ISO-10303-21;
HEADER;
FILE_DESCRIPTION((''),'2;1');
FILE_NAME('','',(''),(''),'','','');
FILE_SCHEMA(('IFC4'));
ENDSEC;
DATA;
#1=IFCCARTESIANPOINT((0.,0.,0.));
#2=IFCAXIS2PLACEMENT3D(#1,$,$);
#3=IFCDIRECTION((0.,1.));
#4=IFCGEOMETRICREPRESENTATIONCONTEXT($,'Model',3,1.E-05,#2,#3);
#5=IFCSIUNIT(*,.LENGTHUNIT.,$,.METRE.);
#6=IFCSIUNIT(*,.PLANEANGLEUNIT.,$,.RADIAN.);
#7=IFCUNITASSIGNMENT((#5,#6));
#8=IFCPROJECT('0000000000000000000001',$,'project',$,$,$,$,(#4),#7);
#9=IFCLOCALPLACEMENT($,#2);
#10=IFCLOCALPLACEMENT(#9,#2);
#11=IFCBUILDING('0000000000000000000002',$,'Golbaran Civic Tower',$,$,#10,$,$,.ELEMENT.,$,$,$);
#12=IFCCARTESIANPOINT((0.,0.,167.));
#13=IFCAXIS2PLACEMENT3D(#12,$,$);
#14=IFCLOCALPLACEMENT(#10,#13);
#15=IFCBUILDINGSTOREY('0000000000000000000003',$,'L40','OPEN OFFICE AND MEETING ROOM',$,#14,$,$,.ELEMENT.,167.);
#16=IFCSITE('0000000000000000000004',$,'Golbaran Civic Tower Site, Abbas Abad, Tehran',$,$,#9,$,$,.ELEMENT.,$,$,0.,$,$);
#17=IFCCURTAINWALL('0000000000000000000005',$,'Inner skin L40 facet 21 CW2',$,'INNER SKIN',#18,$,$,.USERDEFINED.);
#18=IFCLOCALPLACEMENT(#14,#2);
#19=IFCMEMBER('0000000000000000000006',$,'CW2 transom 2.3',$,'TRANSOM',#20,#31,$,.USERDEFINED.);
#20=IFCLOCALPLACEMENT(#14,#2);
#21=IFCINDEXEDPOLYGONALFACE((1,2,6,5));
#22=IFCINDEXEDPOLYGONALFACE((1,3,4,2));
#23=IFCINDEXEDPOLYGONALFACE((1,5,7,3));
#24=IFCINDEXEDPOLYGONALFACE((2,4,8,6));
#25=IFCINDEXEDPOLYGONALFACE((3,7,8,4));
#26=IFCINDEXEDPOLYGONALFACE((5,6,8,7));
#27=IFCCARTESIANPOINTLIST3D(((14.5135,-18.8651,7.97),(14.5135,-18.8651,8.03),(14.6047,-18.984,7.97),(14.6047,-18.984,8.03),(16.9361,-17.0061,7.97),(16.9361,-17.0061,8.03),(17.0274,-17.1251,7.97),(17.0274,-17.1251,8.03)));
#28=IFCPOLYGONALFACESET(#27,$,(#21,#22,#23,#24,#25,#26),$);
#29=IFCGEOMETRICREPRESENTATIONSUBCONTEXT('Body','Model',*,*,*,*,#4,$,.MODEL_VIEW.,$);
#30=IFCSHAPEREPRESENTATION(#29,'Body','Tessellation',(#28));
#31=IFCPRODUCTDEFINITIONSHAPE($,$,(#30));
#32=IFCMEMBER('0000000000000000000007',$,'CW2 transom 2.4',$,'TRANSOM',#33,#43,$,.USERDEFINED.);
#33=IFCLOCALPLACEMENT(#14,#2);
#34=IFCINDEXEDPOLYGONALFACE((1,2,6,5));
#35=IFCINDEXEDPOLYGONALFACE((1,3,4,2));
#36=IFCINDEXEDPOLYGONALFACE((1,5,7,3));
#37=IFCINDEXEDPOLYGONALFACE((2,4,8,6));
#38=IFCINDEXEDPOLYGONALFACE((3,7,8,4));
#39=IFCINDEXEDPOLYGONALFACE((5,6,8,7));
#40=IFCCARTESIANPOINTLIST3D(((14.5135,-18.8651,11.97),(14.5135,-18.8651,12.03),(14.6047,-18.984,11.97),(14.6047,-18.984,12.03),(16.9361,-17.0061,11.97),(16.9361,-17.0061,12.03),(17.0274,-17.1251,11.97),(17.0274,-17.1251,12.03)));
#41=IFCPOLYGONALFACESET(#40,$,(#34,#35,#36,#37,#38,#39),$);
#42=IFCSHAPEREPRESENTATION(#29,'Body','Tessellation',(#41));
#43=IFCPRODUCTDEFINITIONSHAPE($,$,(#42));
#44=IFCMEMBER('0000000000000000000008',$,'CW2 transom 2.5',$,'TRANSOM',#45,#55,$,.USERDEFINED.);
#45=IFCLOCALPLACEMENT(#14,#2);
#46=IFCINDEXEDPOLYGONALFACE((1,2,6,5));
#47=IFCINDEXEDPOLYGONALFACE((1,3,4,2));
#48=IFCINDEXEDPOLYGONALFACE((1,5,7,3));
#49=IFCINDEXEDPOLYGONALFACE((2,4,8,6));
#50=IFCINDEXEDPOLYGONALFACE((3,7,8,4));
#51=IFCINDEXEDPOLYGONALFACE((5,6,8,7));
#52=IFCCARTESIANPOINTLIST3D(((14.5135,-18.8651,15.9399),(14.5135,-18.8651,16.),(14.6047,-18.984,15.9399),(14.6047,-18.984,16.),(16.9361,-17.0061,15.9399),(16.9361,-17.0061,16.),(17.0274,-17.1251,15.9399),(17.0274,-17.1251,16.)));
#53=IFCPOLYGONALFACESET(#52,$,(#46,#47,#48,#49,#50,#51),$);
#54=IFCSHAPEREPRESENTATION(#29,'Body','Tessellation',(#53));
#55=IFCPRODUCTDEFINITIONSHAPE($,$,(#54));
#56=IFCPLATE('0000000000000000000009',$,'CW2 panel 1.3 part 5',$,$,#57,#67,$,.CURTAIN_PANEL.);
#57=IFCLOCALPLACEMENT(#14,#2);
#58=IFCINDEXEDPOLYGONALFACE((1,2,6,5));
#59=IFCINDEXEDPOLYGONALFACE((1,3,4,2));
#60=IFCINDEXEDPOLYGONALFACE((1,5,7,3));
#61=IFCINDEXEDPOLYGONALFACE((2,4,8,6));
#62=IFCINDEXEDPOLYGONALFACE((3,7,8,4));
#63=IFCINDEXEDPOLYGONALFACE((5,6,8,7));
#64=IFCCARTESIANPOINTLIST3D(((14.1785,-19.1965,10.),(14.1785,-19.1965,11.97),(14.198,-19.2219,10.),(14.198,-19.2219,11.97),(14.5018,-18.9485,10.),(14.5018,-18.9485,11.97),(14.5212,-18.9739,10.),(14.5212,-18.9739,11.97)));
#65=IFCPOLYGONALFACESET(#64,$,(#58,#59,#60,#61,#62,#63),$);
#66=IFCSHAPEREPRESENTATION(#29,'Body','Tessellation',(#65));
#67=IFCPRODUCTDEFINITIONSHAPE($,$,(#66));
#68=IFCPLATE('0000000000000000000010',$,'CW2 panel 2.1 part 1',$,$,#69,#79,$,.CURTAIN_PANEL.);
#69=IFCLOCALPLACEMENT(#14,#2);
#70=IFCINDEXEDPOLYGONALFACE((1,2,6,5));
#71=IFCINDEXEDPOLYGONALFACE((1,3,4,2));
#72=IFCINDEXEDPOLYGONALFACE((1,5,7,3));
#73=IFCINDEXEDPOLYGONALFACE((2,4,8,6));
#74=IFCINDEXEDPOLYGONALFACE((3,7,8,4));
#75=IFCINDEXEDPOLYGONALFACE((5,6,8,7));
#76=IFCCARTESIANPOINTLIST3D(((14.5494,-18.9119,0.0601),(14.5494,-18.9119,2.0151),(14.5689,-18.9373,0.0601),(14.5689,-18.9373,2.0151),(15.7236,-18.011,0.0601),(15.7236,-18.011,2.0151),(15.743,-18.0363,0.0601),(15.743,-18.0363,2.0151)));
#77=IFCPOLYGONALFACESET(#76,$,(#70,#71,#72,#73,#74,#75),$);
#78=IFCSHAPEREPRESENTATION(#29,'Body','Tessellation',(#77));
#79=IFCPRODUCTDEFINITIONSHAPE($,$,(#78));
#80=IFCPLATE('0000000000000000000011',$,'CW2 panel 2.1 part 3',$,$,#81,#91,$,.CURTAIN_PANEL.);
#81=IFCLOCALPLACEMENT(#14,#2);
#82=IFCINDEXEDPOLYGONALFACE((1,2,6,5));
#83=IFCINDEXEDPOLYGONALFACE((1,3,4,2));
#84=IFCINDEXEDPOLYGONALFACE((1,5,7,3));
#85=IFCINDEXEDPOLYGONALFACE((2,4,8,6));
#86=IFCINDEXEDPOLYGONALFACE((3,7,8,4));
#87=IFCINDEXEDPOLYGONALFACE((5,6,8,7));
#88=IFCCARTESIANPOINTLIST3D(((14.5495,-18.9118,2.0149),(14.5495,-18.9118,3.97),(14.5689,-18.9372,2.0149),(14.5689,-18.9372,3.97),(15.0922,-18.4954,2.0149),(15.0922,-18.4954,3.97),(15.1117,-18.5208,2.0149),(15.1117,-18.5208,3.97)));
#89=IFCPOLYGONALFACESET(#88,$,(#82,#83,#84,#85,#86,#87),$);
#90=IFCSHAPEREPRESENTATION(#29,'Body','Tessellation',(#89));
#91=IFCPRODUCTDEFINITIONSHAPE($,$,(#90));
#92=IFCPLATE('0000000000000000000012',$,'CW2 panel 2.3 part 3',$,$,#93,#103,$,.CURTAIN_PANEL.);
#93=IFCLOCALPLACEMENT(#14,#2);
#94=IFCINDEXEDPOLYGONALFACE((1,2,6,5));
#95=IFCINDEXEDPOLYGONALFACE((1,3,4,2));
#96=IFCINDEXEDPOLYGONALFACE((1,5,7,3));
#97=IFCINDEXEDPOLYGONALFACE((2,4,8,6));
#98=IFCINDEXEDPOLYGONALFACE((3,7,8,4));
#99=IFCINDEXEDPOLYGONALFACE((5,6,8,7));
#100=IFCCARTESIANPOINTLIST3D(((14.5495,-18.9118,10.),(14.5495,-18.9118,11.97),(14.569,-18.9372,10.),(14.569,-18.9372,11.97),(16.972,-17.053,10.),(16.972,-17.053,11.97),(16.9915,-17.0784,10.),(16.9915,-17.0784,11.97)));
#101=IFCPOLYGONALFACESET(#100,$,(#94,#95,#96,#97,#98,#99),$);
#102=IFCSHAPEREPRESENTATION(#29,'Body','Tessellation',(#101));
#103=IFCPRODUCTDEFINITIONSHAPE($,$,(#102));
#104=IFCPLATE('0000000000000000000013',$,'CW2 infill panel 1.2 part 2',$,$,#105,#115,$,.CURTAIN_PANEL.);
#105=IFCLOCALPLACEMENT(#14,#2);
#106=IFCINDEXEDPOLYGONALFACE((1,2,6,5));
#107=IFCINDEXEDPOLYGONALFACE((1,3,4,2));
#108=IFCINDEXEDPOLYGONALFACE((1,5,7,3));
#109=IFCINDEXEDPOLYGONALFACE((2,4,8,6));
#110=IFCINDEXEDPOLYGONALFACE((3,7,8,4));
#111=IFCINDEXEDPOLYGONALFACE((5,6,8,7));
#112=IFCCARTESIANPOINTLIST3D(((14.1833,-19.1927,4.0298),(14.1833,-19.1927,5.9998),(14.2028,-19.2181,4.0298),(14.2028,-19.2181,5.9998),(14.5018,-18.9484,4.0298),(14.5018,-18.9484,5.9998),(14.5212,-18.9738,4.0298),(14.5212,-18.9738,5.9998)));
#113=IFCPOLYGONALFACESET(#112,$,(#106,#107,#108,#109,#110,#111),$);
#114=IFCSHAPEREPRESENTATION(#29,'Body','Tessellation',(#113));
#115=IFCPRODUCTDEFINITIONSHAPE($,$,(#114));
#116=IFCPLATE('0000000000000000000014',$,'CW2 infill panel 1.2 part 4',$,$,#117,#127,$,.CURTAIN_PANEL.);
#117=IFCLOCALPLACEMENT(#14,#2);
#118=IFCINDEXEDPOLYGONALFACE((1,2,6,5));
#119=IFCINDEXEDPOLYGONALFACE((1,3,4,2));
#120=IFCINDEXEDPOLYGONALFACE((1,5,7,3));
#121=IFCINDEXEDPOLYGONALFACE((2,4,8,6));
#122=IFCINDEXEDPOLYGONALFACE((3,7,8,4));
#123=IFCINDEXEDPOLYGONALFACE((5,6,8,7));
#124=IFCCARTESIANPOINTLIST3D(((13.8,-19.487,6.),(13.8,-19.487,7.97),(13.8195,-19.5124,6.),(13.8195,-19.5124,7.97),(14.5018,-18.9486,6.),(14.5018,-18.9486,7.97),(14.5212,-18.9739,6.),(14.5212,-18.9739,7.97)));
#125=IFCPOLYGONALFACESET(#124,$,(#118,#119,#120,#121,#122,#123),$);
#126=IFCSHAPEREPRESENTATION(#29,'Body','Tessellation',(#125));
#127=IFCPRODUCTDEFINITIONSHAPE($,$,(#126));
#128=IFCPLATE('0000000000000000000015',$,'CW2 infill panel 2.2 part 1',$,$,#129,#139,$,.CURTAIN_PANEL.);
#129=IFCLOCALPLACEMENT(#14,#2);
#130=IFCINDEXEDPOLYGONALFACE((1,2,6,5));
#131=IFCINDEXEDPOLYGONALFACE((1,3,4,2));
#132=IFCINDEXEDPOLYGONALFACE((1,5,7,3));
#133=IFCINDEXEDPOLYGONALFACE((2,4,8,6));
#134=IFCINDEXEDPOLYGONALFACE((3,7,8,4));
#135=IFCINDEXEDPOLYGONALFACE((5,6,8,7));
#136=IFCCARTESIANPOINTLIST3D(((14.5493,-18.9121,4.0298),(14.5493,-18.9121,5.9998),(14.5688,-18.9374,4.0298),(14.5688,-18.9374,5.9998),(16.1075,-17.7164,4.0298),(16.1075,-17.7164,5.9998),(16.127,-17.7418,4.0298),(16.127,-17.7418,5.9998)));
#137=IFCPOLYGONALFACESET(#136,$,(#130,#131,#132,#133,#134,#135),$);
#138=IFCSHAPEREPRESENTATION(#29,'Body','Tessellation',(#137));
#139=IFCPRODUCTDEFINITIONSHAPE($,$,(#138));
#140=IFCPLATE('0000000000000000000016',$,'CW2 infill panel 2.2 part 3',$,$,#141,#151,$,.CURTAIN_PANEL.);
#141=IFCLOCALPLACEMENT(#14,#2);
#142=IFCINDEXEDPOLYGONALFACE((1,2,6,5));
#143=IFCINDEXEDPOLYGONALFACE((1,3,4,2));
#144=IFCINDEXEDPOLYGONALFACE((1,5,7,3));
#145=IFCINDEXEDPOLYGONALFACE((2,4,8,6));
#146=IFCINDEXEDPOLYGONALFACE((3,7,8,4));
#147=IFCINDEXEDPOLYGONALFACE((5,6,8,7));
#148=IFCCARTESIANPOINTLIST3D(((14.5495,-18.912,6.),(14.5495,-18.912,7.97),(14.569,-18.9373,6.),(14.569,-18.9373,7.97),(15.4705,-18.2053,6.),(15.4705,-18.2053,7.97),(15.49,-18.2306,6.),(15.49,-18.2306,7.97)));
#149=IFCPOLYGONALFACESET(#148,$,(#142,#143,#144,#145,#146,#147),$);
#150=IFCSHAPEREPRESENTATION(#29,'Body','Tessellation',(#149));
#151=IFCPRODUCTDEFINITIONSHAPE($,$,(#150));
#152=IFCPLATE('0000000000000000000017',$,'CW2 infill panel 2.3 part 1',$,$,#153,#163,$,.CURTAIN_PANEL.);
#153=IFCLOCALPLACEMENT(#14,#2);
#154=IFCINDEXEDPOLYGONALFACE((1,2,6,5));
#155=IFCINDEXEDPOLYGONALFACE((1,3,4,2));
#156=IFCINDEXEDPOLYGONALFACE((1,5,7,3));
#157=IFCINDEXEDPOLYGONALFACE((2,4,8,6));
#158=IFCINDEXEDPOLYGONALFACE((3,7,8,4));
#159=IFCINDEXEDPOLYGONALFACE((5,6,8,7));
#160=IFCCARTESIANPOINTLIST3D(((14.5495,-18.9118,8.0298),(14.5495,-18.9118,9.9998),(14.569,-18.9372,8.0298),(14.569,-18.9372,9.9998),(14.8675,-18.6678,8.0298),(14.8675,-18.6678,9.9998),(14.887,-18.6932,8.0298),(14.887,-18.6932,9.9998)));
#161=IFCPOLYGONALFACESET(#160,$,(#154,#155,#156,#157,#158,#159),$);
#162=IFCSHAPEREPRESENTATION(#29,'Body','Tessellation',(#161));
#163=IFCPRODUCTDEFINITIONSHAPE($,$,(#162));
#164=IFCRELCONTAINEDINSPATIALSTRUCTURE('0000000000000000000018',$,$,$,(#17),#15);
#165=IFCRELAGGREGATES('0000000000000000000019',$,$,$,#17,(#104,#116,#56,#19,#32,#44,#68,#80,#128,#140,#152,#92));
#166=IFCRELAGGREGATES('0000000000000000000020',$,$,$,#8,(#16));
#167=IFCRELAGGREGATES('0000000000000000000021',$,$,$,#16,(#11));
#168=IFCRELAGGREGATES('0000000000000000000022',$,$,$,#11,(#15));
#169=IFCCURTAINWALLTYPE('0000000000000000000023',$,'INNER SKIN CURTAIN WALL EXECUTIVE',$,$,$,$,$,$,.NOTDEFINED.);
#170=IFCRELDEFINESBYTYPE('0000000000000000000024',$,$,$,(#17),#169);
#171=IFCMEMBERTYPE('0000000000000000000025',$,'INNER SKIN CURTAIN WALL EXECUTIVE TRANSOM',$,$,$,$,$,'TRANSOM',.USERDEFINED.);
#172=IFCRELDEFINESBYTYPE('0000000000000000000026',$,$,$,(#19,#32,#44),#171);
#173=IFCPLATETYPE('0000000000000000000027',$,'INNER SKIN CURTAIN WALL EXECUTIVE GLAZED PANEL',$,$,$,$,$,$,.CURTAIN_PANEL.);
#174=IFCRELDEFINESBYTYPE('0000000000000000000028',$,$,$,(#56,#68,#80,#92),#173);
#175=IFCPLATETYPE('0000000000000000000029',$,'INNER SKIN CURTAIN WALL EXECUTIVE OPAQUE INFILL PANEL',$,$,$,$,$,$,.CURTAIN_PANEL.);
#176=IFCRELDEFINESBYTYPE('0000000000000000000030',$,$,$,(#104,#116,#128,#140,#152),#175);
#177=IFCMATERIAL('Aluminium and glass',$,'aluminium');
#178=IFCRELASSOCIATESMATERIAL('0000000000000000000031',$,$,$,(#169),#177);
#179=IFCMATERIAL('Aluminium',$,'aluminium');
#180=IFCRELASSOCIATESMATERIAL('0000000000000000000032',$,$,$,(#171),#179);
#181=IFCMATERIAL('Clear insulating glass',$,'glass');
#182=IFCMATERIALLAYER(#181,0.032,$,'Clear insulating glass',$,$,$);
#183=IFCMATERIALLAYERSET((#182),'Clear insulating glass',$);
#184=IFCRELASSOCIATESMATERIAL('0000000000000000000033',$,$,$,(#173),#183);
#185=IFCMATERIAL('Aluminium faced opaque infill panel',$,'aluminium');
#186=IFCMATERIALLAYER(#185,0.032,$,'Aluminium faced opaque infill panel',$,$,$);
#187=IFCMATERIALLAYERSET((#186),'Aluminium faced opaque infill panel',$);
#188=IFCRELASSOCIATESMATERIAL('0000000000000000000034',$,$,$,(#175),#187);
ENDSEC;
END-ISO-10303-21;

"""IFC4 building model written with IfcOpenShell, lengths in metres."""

from ifc_helpers import new_model, si_unit, direction, frame, origin, origin_2d, place, context, subcontext, project, spatial, rectangle, extrude, material, layer, layer_set, material_profile, profile_set, type_object, element, aggregate, save


model = new_model("IFC4")

# Units and contexts
model_context = context("Model", 3, precision=1e-05, world=origin(), true_north=direction((0.0, 1.0)))
body_context = subcontext(model_context, "Body", "Model", "MODEL_VIEW")
ifc_project = project(units=[si_unit("LENGTHUNIT", "METRE"), si_unit("PLANEANGLEUNIT", "RADIAN")], contexts=[model_context])

# Site, building, storey
site_placement = place(None, origin())
site = spatial("IfcSite", under=ifc_project, at=site_placement, Name="Golbaran Civic Tower Site, Abbas Abad, Tehran", CompositionType="ELEMENT", RefElevation=0.0)
building_placement = place(site_placement, origin())
building = spatial("IfcBuilding", under=site, at=building_placement, Name="Golbaran Civic Tower", CompositionType="ELEMENT")
storey_placement = place(building_placement, frame((0.0, 0.0, 167.0)))
storey = spatial("IfcBuildingStorey", under=building, at=storey_placement, Name="L40", Description="OPEN OFFICE AND MEETING ROOM", CompositionType="ELEMENT", Elevation=167.0)

# Curtain wall, members, plates
ifc_material_1 = material(Name="Aluminium and glass", Category="aluminium")
curtain_wall_type = type_object("IfcCurtainWallType", Name="INNER SKIN CURTAIN WALL EXECUTIVE", PredefinedType="NOTDEFINED", material=ifc_material_1)
curtain_wall_placement = place(storey_placement, origin())
curtain_wall = element("IfcCurtainWall", 1, at=curtain_wall_placement, inside=storey, type_object=curtain_wall_type, Name="Inner skin L40 facet 21 CW2", ObjectType="INNER SKIN", PredefinedType="USERDEFINED")
ifc_material_2 = material(Name="Aluminium", Category="aluminium")
ifc_material_profile_1 = material_profile(ifc_material_2, rectangle(XDim=0.1499, YDim=0.0601, at=origin_2d()), Name="INNER SKIN CURTAIN WALL EXECUTIVE TRANSOM")
ifc_profile_set_1 = profile_set([ifc_material_profile_1], Name="Aluminium")
member_type_1 = type_object("IfcMemberType", Name="INNER SKIN CURTAIN WALL EXECUTIVE TRANSOM", ElementType="TRANSOM", PredefinedType="USERDEFINED", material=ifc_profile_set_1)
member_1_placement = place(storey_placement, frame((14.5591, -18.9246, 8.0), z_axis=(0.793361, 0.608752, 0.0), x_axis=(-0.608752, 0.793361, 0.0)))
member_1 = element("IfcMember", 2, at=member_1_placement, type_object=member_type_1, Name="CW2 transom 2.3", ObjectType="TRANSOM", PredefinedType="USERDEFINED", context=body_context, shape_type="SweptSolid", body=[
    extrude(rectangle(XDim=0.1499, YDim=0.0601, at=origin_2d()), origin(), (0.0, 0.0, 1.0), 3.0537),
])
member_2_placement = place(storey_placement, frame((14.5591, -18.9246, 12.0), z_axis=(0.793361, 0.608752, 0.0), x_axis=(-0.608752, 0.793361, 0.0)))
member_2 = element("IfcMember", 3, at=member_2_placement, type_object=member_type_1, Name="CW2 transom 2.4", ObjectType="TRANSOM", PredefinedType="USERDEFINED", context=body_context, shape_type="SweptSolid", body=[
    extrude(rectangle(XDim=0.1499, YDim=0.0601, at=origin_2d()), origin(), (0.0, 0.0, 1.0), 3.0537),
])
member_3_placement = place(storey_placement, frame((14.5591, -18.9246, 15.97), z_axis=(0.793361, 0.608752, 0.0), x_axis=(-0.608752, 0.793361, 0.0)))
member_3 = element("IfcMember", 4, at=member_3_placement, type_object=member_type_1, Name="CW2 transom 2.5", ObjectType="TRANSOM", PredefinedType="USERDEFINED", context=body_context, shape_type="SweptSolid", body=[
    extrude(rectangle(XDim=0.1499, YDim=0.0601, at=origin_2d()), origin(), (0.0, 0.0, 1.0), 3.0537),
])
ifc_material_3 = material(Name="Clear insulating glass", Category="glass")
ifc_layer_1 = layer(ifc_material_3, 0.032, Name="Clear insulating glass")
ifc_layer_set_1 = layer_set([ifc_layer_1], Name="Clear insulating glass")
plate_type_1 = type_object("IfcPlateType", Name="INNER SKIN CURTAIN WALL EXECUTIVE GLAZED PANEL", PredefinedType="CURTAIN_PANEL", material=ifc_layer_set_1)
plate_1_placement = place(storey_placement, frame((14.3499, -19.0852, 10.0), z_axis=(0.0, 0.0, 1.0), x_axis=(0.793353, 0.608761, 0.0)))
plate_1 = element("IfcPlate", 5, at=plate_1_placement, type_object=plate_type_1, Name="CW2 panel 1.3 part 5", PredefinedType="CURTAIN_PANEL", context=body_context, shape_type="SweptSolid", body=[
    extrude(rectangle(XDim=0.4075, YDim=0.032, at=origin_2d()), origin(), (0.0, 0.0, 1.0), 1.97),
])
plate_2_placement = place(storey_placement, frame((15.1462, -18.4741, 0.0601), z_axis=(0.0, 0.0, 1.0), x_axis=(0.793353, 0.608761, 0.0)))
plate_2 = element("IfcPlate", 6, at=plate_2_placement, type_object=plate_type_1, Name="CW2 panel 2.1 part 1", PredefinedType="CURTAIN_PANEL", context=body_context, shape_type="SweptSolid", body=[
    extrude(rectangle(XDim=1.48, YDim=0.032, at=origin_2d()), origin(), (0.0, 0.0, 1.0), 1.9551),
])
plate_3_placement = place(storey_placement, frame((14.8306, -18.7163, 2.0149), z_axis=(0.0, 0.0, 1.0), x_axis=(0.793353, 0.608761, 0.0)))
plate_3 = element("IfcPlate", 7, at=plate_3_placement, type_object=plate_type_1, Name="CW2 panel 2.1 part 3", PredefinedType="CURTAIN_PANEL", context=body_context, shape_type="SweptSolid", body=[
    extrude(rectangle(XDim=0.6841, YDim=0.032, at=origin_2d()), origin(), (0.0, 0.0, 1.0), 1.9551),
])
plate_4_placement = place(storey_placement, frame((15.7705, -17.9951, 10.0), z_axis=(0.0, 0.0, 1.0), x_axis=(0.793353, 0.608761, 0.0)))
plate_4 = element("IfcPlate", 8, at=plate_4_placement, type_object=plate_type_1, Name="CW2 panel 2.3 part 3", PredefinedType="CURTAIN_PANEL", context=body_context, shape_type="SweptSolid", body=[
    extrude(rectangle(XDim=3.0535, YDim=0.032, at=origin_2d()), origin(), (0.0, 0.0, 1.0), 1.97),
])
ifc_material_4 = material(Name="Aluminium faced opaque infill panel", Category="aluminium")
ifc_layer_2 = layer(ifc_material_4, 0.032, Name="Aluminium faced opaque infill panel")
ifc_layer_set_2 = layer_set([ifc_layer_2], Name="Aluminium faced opaque infill panel")
plate_type_2 = type_object("IfcPlateType", Name="INNER SKIN CURTAIN WALL EXECUTIVE OPAQUE INFILL PANEL", PredefinedType="CURTAIN_PANEL", material=ifc_layer_set_2)
plate_5_placement = place(storey_placement, frame((14.3523, -19.0833, 4.0298), z_axis=(0.0, 0.0, 1.0), x_axis=(0.793353, 0.608761, 0.0)))
plate_5 = element("IfcPlate", 9, at=plate_5_placement, type_object=plate_type_2, Name="CW2 infill panel 1.2 part 2", PredefinedType="CURTAIN_PANEL", context=body_context, shape_type="SweptSolid", body=[
    extrude(rectangle(XDim=0.4014, YDim=0.032, at=origin_2d()), origin(), (0.0, 0.0, 1.0), 1.97),
])
plate_6_placement = place(storey_placement, frame((14.1606, -19.2305, 6.0), z_axis=(0.0, 0.0, 1.0), x_axis=(0.793353, 0.608761, 0.0)))
plate_6 = element("IfcPlate", 10, at=plate_6_placement, type_object=plate_type_2, Name="CW2 infill panel 1.2 part 4", PredefinedType="CURTAIN_PANEL", context=body_context, shape_type="SweptSolid", body=[
    extrude(rectangle(XDim=0.8845, YDim=0.032, at=origin_2d()), origin(), (0.0, 0.0, 1.0), 1.97),
])
plate_7_placement = place(storey_placement, frame((15.3381, -18.3269, 4.0298), z_axis=(0.0, 0.0, 1.0), x_axis=(0.793353, 0.608761, 0.0)))
plate_7 = element("IfcPlate", 11, at=plate_7_placement, type_object=plate_type_2, Name="CW2 infill panel 2.2 part 1", PredefinedType="CURTAIN_PANEL", context=body_context, shape_type="SweptSolid", body=[
    extrude(rectangle(XDim=1.9641, YDim=0.032, at=origin_2d()), origin(), (0.0, 0.0, 1.0), 1.97),
])
plate_8_placement = place(storey_placement, frame((15.0198, -18.5713, 6.0), z_axis=(0.0, 0.0, 1.0), x_axis=(0.793353, 0.608761, 0.0)))
plate_8 = element("IfcPlate", 12, at=plate_8_placement, type_object=plate_type_2, Name="CW2 infill panel 2.2 part 3", PredefinedType="CURTAIN_PANEL", context=body_context, shape_type="SweptSolid", body=[
    extrude(rectangle(XDim=1.1609, YDim=0.032, at=origin_2d()), origin(), (0.0, 0.0, 1.0), 1.97),
])
plate_9_placement = place(storey_placement, frame((14.7183, -18.8025, 8.0298), z_axis=(0.0, 0.0, 1.0), x_axis=(0.793353, 0.608761, 0.0)))
plate_9 = element("IfcPlate", 13, at=plate_9_placement, type_object=plate_type_2, Name="CW2 infill panel 2.3 part 1", PredefinedType="CURTAIN_PANEL", context=body_context, shape_type="SweptSolid", body=[
    extrude(rectangle(XDim=0.4009, YDim=0.032, at=origin_2d()), origin(), (0.0, 0.0, 1.0), 1.97),
])
aggregate(curtain_wall, [plate_5, plate_6, plate_1, member_1, member_2, member_3, plate_2, plate_3, plate_7, plate_8, plate_9, plate_4])

save(model, "model.ifc")
